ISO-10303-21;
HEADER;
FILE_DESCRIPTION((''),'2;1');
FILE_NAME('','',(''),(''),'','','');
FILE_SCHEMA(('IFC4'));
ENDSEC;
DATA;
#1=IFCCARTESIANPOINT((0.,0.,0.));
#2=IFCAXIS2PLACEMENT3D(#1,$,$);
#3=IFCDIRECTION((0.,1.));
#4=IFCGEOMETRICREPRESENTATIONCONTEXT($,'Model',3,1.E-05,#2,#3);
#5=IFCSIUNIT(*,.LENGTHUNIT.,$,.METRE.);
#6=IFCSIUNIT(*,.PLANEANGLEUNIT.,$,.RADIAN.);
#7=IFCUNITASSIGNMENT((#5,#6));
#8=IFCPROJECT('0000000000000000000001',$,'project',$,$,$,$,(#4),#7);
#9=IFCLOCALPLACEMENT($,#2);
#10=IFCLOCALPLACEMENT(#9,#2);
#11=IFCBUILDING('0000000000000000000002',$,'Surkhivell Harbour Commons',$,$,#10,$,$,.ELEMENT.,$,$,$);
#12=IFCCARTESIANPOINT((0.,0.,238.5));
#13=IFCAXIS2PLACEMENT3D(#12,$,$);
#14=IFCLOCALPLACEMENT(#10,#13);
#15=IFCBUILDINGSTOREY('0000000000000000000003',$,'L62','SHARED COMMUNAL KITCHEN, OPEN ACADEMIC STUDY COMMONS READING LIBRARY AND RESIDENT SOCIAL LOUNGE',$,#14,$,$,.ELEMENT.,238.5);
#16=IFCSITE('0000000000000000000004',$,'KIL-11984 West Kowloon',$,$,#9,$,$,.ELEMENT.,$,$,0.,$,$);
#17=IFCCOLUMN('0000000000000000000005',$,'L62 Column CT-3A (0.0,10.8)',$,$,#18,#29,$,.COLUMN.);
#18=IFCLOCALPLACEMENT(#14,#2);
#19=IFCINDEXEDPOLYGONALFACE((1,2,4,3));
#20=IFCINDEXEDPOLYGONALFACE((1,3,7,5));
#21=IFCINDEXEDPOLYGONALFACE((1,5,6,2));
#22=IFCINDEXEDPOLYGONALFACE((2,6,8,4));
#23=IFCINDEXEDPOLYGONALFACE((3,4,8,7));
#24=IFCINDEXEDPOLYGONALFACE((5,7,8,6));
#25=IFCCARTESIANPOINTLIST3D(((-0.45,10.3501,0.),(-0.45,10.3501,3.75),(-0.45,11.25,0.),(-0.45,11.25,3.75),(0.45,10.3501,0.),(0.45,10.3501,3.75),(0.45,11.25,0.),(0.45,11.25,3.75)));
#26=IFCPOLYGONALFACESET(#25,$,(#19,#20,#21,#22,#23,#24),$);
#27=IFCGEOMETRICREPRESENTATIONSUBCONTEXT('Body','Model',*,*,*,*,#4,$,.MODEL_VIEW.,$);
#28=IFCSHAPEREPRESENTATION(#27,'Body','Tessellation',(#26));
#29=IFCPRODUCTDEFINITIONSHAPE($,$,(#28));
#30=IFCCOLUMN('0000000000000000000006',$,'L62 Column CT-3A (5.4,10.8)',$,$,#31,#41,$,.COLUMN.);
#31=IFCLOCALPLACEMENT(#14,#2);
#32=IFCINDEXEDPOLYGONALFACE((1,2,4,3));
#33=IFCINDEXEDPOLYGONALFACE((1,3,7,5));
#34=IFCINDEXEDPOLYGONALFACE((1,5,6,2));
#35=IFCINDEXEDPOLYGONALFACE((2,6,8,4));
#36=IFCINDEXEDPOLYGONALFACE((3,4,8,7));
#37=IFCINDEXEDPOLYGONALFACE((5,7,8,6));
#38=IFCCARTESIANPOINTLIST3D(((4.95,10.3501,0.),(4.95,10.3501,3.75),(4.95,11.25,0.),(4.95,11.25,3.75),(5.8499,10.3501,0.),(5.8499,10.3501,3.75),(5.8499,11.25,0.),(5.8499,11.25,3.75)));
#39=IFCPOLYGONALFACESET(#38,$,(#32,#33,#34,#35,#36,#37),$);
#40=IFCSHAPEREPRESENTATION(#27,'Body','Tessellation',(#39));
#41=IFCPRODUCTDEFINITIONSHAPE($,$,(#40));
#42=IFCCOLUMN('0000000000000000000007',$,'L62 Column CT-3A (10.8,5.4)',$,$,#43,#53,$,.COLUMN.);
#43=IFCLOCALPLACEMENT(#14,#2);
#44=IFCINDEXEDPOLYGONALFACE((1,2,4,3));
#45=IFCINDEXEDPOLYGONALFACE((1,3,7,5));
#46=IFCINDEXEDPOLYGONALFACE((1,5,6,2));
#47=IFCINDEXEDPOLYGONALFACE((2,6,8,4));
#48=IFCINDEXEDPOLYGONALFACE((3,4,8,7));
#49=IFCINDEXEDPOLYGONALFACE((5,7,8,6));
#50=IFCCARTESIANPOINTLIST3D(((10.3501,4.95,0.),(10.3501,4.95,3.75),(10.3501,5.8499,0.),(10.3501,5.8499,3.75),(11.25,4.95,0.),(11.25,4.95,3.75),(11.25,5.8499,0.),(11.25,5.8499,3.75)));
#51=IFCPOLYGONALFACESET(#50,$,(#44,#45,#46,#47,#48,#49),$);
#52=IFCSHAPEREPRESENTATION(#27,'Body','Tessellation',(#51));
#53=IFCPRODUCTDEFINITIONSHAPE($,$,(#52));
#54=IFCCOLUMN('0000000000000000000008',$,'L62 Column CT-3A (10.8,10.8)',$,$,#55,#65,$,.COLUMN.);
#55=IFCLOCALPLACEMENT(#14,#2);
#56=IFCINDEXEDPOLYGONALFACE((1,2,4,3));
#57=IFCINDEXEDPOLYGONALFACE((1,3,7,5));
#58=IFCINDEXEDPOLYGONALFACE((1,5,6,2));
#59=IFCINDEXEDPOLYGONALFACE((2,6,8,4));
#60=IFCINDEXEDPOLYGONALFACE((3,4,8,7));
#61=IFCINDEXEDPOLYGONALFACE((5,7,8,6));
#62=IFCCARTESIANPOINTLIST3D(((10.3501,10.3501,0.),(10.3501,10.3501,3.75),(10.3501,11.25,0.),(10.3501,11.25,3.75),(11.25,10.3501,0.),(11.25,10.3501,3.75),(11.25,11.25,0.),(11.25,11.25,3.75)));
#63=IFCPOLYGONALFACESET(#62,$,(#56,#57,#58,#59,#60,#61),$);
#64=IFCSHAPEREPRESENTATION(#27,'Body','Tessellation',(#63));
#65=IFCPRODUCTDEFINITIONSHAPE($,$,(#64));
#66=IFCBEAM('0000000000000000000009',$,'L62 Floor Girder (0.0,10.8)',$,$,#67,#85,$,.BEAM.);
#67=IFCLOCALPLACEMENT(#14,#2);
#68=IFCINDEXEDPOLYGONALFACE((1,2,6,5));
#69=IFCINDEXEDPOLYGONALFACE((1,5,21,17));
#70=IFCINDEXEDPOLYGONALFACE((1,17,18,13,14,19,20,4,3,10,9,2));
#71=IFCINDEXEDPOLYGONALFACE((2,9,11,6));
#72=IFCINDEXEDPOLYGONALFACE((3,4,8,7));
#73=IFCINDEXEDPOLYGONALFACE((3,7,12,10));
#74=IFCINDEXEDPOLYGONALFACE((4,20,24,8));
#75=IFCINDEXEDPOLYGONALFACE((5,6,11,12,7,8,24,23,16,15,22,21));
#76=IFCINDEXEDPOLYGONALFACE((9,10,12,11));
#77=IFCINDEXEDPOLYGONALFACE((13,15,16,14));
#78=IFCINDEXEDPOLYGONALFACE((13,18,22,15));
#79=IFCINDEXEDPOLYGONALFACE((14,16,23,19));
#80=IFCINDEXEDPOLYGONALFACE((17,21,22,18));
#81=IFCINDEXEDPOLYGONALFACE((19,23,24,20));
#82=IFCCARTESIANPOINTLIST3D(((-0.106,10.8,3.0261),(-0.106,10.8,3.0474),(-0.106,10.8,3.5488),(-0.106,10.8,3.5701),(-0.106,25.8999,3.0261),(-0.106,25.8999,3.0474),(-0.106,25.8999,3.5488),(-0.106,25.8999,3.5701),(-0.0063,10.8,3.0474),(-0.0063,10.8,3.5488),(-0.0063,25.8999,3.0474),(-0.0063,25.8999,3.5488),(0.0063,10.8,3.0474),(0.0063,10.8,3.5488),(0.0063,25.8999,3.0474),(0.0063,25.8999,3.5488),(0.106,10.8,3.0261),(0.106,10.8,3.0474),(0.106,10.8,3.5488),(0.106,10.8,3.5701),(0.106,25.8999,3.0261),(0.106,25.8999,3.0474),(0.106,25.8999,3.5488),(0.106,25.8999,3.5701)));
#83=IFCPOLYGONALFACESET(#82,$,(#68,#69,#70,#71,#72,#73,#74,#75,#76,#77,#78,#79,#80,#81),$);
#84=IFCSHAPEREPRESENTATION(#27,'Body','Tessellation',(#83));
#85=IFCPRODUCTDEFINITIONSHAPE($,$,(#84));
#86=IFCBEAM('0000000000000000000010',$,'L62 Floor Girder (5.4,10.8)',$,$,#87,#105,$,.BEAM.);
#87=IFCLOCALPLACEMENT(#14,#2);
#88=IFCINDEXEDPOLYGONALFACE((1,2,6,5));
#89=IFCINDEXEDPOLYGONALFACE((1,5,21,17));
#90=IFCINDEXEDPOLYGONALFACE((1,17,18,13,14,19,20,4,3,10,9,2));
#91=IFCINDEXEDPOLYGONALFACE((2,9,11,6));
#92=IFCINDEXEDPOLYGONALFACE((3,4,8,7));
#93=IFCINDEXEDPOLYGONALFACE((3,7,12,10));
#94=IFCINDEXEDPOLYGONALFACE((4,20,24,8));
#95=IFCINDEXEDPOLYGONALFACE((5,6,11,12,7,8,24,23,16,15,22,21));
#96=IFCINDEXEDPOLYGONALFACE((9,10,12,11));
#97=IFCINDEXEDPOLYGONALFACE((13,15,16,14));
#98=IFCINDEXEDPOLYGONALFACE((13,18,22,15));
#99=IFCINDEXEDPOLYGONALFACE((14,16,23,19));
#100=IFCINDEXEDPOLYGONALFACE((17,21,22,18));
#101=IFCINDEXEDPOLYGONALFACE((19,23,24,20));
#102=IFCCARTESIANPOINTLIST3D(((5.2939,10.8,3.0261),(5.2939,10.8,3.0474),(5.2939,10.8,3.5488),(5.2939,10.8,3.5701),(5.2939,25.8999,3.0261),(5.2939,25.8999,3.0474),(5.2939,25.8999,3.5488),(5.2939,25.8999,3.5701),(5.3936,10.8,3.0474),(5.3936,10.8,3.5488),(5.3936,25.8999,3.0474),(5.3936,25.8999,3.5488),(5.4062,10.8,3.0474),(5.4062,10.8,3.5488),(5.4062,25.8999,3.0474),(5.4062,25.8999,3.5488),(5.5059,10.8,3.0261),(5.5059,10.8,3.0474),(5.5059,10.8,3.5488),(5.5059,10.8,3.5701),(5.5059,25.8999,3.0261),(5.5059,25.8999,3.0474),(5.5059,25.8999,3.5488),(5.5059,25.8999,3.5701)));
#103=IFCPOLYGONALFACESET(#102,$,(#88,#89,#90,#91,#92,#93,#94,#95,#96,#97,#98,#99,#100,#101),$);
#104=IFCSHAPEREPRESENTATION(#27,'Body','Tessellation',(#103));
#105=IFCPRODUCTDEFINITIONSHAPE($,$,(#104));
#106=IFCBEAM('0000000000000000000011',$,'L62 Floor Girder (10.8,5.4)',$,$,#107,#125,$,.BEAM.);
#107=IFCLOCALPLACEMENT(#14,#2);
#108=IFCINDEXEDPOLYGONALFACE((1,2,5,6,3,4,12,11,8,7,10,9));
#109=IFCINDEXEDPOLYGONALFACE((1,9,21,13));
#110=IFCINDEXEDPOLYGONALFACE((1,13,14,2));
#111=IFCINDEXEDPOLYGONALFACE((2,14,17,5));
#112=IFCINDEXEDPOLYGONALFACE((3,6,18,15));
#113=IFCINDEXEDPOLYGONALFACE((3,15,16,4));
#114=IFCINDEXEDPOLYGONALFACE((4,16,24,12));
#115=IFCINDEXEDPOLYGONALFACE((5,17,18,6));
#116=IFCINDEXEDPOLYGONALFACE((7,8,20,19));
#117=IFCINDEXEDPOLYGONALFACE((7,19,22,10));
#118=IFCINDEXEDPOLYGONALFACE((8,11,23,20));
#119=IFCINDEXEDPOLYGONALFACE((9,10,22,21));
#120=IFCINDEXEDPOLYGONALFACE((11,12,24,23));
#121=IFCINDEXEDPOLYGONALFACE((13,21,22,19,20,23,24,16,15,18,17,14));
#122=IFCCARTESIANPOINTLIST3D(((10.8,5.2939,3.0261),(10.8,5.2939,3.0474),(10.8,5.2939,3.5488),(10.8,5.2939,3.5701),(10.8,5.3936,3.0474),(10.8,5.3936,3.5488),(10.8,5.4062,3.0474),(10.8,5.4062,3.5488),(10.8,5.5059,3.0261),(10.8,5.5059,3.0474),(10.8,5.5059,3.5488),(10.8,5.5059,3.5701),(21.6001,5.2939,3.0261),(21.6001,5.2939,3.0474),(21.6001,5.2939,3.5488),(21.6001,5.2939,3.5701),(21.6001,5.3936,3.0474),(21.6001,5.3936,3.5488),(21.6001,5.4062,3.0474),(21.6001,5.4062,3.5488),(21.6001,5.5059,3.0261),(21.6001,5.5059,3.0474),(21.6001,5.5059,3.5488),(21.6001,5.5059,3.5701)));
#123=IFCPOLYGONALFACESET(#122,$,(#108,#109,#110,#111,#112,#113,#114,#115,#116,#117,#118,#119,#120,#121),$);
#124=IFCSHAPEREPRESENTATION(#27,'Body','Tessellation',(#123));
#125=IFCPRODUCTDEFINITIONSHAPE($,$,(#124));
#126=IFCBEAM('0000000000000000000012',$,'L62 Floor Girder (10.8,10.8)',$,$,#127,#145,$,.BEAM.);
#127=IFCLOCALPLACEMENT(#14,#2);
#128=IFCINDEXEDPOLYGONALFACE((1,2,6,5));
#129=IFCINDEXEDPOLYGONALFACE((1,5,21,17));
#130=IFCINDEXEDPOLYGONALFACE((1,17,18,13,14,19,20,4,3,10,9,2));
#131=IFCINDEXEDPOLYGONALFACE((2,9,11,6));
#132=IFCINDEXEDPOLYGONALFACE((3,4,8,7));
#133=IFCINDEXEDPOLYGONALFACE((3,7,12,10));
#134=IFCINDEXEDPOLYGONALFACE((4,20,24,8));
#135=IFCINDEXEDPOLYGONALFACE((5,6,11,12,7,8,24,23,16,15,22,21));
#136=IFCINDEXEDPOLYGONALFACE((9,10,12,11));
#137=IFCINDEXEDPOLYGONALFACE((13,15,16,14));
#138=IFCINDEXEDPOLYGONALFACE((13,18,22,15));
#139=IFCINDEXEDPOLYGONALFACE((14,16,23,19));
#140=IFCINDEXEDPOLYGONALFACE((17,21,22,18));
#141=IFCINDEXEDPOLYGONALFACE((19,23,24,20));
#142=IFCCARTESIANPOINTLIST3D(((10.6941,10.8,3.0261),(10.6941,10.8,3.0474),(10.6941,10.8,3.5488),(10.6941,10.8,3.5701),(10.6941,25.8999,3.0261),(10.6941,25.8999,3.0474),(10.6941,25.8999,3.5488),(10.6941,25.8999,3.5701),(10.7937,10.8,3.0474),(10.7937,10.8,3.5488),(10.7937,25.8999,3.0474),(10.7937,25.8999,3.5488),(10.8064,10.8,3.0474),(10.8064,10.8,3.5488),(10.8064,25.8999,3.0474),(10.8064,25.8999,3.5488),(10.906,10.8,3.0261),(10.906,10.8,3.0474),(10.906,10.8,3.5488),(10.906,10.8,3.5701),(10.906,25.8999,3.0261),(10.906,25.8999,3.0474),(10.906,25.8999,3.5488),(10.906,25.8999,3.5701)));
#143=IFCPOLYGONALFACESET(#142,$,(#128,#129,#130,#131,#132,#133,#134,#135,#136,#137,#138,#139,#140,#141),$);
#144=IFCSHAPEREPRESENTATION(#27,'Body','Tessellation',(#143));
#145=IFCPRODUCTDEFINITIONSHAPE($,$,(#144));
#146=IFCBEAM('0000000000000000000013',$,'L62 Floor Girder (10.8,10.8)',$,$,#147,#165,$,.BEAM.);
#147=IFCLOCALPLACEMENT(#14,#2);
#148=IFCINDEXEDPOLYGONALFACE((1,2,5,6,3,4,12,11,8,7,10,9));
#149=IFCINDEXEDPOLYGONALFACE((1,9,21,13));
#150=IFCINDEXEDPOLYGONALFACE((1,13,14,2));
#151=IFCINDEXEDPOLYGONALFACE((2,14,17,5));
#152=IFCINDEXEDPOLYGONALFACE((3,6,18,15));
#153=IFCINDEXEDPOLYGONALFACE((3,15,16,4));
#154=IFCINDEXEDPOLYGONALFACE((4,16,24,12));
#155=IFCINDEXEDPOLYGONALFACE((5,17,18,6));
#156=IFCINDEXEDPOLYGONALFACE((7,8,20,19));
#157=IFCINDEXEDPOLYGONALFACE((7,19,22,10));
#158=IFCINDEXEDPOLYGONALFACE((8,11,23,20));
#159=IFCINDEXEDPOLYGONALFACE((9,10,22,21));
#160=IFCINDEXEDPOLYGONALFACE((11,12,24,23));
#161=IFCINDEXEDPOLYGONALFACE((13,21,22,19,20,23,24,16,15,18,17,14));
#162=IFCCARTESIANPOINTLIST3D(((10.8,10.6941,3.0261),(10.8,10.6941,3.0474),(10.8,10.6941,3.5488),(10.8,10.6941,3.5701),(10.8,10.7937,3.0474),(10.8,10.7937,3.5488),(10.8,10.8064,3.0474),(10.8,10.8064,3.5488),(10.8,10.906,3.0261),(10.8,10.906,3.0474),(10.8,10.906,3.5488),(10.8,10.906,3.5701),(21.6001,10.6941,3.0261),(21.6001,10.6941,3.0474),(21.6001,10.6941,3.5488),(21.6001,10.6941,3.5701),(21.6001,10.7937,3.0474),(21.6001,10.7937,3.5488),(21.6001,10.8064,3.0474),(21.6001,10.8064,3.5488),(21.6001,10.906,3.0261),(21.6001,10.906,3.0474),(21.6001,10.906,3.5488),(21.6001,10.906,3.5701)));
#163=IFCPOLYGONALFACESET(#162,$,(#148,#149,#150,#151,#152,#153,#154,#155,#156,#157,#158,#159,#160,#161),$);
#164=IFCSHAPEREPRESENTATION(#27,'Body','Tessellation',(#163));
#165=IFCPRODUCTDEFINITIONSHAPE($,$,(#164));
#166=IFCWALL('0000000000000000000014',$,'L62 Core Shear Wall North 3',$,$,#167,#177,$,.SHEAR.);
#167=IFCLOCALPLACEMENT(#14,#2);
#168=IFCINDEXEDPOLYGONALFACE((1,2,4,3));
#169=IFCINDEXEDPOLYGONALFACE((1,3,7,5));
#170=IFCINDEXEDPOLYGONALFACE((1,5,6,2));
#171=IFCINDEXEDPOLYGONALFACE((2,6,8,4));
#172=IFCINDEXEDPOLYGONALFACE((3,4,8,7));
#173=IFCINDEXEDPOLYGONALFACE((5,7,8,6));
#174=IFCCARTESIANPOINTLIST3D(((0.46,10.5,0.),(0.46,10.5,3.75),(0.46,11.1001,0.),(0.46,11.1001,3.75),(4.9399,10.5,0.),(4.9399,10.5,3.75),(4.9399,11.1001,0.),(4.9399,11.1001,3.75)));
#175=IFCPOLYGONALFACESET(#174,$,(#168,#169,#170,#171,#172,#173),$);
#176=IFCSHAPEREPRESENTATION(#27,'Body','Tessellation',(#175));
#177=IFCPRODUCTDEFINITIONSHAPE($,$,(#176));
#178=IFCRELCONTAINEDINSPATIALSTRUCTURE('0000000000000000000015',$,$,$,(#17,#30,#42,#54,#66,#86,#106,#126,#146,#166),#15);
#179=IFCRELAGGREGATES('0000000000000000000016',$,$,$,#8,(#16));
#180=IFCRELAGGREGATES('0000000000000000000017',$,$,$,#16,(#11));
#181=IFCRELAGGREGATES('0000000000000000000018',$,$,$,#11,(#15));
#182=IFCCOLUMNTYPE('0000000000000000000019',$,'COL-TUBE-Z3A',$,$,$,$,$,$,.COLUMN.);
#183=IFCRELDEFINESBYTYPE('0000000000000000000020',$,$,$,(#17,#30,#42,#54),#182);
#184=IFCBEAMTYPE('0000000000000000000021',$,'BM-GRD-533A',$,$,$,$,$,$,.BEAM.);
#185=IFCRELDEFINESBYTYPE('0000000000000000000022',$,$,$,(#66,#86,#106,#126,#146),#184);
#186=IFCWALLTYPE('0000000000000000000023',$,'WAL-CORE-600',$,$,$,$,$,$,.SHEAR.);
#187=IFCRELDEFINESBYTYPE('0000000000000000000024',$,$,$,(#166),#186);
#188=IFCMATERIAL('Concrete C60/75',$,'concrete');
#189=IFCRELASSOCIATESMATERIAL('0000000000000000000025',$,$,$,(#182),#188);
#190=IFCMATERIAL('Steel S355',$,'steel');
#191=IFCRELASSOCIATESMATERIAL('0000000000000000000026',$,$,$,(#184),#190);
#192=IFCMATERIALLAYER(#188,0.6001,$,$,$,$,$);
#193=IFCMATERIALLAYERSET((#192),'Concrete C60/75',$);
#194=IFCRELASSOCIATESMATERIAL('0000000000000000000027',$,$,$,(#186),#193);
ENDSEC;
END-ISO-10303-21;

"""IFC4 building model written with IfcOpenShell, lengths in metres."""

from ifc_helpers import new_model, si_unit, direction, frame, frame_2d, origin, origin_2d, place, context, subcontext, project, spatial, rectangle, i_section, extrude, material, layer, layer_set, material_profile, profile_set, type_object, element, save


model = new_model("IFC4")

# Units and contexts
model_context = context("Model", 3, precision=1e-05, world=origin(), true_north=direction((0.0, 1.0)))
body_context = subcontext(model_context, "Body", "Model", "MODEL_VIEW")
ifc_project = project(units=[si_unit("LENGTHUNIT", "METRE"), si_unit("PLANEANGLEUNIT", "RADIAN")], contexts=[model_context])

# Site, building, storey
site_placement = place(None, origin())
site = spatial("IfcSite", under=ifc_project, at=site_placement, Name="KIL-11984 West Kowloon", CompositionType="ELEMENT", RefElevation=0.0)
building_placement = place(site_placement, origin())
building = spatial("IfcBuilding", under=site, at=building_placement, Name="Surkhivell Harbour Commons", CompositionType="ELEMENT")
storey_placement = place(building_placement, frame((0.0, 0.0, 238.5)))
storey = spatial("IfcBuildingStorey", under=building, at=storey_placement, Name="L62", Description="SHARED COMMUNAL KITCHEN, OPEN ACADEMIC STUDY COMMONS READING LIBRARY AND RESIDENT SOCIAL LOUNGE", CompositionType="ELEMENT", Elevation=238.5)

# Columns
ifc_material_1 = material(Name="Concrete C60/75", Category="concrete")
ifc_material_profile_1 = material_profile(ifc_material_1, rectangle(XDim=0.8999, YDim=0.8999, at=origin_2d()), Name="RC-COL-900x900")
ifc_profile_set_1 = profile_set([ifc_material_profile_1], Name="Concrete C60/75")
column_type = type_object("IfcColumnType", Name="COL-TUBE-Z3A", PredefinedType="COLUMN", material=ifc_profile_set_1)
for number, where, z_axis, x_axis, name in (
    (1, (0.0, 10.8, 0.0), (0.0, 0.0, 1.0), (1.0, 0.0, 0.0), "L62 Column CT-3A (0.0,10.8)"),
    (2, (5.3999, 10.8, 0.0), (0.0, 0.0, 1.0), (1.0, 0.0, 0.0), "L62 Column CT-3A (5.4,10.8)"),
    (3, (10.8, 5.3999, 0.0), (0.0, 0.0, 1.0), (1.0, 0.0, 0.0), "L62 Column CT-3A (10.8,5.4)"),
    (4, (10.8, 10.8, 0.0), (0.0, 0.0, 1.0), (1.0, 0.0, 0.0), "L62 Column CT-3A (10.8,10.8)"),
):
    element("IfcColumn", number, at=place(storey_placement, frame(where, z_axis=z_axis, x_axis=x_axis)), inside=storey, type_object=column_type, Name=name, PredefinedType="COLUMN", context=body_context, shape_type="SweptSolid", body=[
        extrude(rectangle(XDim=0.8999, YDim=0.8999, at=origin_2d()), origin(), (0.0, 0.0, 1.0), 3.75),
    ])

# Beams
ifc_material_2 = material(Name="Steel S355", Category="steel")
ifc_material_profile_2 = material_profile(ifc_material_2, i_section(OverallWidth=0.2119, OverallDepth=0.5439, WebThickness=0.0127, FlangeThickness=0.0212, at=origin_2d()), Name="UB533x210x122")
ifc_profile_set_2 = profile_set([ifc_material_profile_2], Name="Steel S355")
beam_type = type_object("IfcBeamType", Name="BM-GRD-533A", PredefinedType="BEAM", material=ifc_profile_set_2)
for number, where, z_axis, x_axis, name in (
    (5, (0.0, 10.8, 3.2981), (0.0, 1.0, 0.0), (-1.0, 0.0, 0.0), "L62 Floor Girder (0.0,10.8)"),
    (6, (5.3999, 10.8, 3.2981), (0.0, 1.0, 0.0), (-1.0, 0.0, 0.0), "L62 Floor Girder (5.4,10.8)"),
):
    element("IfcBeam", number, at=place(storey_placement, frame(where, z_axis=z_axis, x_axis=x_axis)), inside=storey, type_object=beam_type, Name=name, PredefinedType="BEAM", context=body_context, shape_type="SweptSolid", body=[
        extrude(i_section(OverallWidth=0.2119, OverallDepth=0.5439, WebThickness=0.0127, FlangeThickness=0.0212, at=origin_2d()), origin(), (0.0, 0.0, 1.0), 15.0999),
    ])
beam_1_placement = place(storey_placement, frame((10.8, 5.3999, 3.2981), z_axis=(1.0, 0.0, 0.0), x_axis=(0.0, 1.0, 0.0)))
element("IfcBeam", 7, at=beam_1_placement, inside=storey, type_object=beam_type, Name="L62 Floor Girder (10.8,5.4)", PredefinedType="BEAM", context=body_context, shape_type="SweptSolid", body=[
    extrude(i_section(OverallWidth=0.2119, OverallDepth=0.5439, WebThickness=0.0127, FlangeThickness=0.0212, at=origin_2d()), origin(), (0.0, 0.0, 1.0), 10.8),
])
beam_2_placement = place(storey_placement, frame((10.8, 10.8, 3.2981), z_axis=(0.0, 1.0, 0.0), x_axis=(-1.0, 0.0, 0.0)))
element("IfcBeam", 8, at=beam_2_placement, inside=storey, type_object=beam_type, Name="L62 Floor Girder (10.8,10.8)", PredefinedType="BEAM", context=body_context, shape_type="SweptSolid", body=[
    extrude(i_section(OverallWidth=0.2119, OverallDepth=0.5439, WebThickness=0.0127, FlangeThickness=0.0212, at=origin_2d()), origin(), (0.0, 0.0, 1.0), 15.0999),
])
beam_3_placement = place(storey_placement, frame((10.8, 10.8, 3.2981), z_axis=(1.0, 0.0, 0.0), x_axis=(0.0, 1.0, 0.0)))
element("IfcBeam", 9, at=beam_3_placement, inside=storey, type_object=beam_type, Name="L62 Floor Girder (10.8,10.8)", PredefinedType="BEAM", context=body_context, shape_type="SweptSolid", body=[
    extrude(i_section(OverallWidth=0.2119, OverallDepth=0.5439, WebThickness=0.0127, FlangeThickness=0.0212, at=origin_2d()), origin(), (0.0, 0.0, 1.0), 10.8),
])

# Wall
ifc_layer_1 = layer(ifc_material_1, 0.6001)
ifc_layer_set_1 = layer_set([ifc_layer_1], Name="Concrete C60/75")
wall_type_1 = type_object("IfcWallType", Name="WAL-CORE-600", PredefinedType="SHEAR", material=ifc_layer_set_1)
wall_1_placement = place(storey_placement, frame((0.46, 10.8, 0.0), z_axis=(0.0, 0.0, 1.0), x_axis=(1.0, 0.0, 0.0)))
element("IfcWall", 10, at=wall_1_placement, inside=storey, type_object=wall_type_1, Name="L62 Core Shear Wall North 3", PredefinedType="SHEAR", context=body_context, shape_type="SweptSolid", body=[
    extrude(rectangle(XDim=4.48, YDim=0.6001, at=frame_2d((2.24, 0.0))), origin(), (0.0, 0.0, 1.0), 3.75),
])

save(model, "model.ifc")
